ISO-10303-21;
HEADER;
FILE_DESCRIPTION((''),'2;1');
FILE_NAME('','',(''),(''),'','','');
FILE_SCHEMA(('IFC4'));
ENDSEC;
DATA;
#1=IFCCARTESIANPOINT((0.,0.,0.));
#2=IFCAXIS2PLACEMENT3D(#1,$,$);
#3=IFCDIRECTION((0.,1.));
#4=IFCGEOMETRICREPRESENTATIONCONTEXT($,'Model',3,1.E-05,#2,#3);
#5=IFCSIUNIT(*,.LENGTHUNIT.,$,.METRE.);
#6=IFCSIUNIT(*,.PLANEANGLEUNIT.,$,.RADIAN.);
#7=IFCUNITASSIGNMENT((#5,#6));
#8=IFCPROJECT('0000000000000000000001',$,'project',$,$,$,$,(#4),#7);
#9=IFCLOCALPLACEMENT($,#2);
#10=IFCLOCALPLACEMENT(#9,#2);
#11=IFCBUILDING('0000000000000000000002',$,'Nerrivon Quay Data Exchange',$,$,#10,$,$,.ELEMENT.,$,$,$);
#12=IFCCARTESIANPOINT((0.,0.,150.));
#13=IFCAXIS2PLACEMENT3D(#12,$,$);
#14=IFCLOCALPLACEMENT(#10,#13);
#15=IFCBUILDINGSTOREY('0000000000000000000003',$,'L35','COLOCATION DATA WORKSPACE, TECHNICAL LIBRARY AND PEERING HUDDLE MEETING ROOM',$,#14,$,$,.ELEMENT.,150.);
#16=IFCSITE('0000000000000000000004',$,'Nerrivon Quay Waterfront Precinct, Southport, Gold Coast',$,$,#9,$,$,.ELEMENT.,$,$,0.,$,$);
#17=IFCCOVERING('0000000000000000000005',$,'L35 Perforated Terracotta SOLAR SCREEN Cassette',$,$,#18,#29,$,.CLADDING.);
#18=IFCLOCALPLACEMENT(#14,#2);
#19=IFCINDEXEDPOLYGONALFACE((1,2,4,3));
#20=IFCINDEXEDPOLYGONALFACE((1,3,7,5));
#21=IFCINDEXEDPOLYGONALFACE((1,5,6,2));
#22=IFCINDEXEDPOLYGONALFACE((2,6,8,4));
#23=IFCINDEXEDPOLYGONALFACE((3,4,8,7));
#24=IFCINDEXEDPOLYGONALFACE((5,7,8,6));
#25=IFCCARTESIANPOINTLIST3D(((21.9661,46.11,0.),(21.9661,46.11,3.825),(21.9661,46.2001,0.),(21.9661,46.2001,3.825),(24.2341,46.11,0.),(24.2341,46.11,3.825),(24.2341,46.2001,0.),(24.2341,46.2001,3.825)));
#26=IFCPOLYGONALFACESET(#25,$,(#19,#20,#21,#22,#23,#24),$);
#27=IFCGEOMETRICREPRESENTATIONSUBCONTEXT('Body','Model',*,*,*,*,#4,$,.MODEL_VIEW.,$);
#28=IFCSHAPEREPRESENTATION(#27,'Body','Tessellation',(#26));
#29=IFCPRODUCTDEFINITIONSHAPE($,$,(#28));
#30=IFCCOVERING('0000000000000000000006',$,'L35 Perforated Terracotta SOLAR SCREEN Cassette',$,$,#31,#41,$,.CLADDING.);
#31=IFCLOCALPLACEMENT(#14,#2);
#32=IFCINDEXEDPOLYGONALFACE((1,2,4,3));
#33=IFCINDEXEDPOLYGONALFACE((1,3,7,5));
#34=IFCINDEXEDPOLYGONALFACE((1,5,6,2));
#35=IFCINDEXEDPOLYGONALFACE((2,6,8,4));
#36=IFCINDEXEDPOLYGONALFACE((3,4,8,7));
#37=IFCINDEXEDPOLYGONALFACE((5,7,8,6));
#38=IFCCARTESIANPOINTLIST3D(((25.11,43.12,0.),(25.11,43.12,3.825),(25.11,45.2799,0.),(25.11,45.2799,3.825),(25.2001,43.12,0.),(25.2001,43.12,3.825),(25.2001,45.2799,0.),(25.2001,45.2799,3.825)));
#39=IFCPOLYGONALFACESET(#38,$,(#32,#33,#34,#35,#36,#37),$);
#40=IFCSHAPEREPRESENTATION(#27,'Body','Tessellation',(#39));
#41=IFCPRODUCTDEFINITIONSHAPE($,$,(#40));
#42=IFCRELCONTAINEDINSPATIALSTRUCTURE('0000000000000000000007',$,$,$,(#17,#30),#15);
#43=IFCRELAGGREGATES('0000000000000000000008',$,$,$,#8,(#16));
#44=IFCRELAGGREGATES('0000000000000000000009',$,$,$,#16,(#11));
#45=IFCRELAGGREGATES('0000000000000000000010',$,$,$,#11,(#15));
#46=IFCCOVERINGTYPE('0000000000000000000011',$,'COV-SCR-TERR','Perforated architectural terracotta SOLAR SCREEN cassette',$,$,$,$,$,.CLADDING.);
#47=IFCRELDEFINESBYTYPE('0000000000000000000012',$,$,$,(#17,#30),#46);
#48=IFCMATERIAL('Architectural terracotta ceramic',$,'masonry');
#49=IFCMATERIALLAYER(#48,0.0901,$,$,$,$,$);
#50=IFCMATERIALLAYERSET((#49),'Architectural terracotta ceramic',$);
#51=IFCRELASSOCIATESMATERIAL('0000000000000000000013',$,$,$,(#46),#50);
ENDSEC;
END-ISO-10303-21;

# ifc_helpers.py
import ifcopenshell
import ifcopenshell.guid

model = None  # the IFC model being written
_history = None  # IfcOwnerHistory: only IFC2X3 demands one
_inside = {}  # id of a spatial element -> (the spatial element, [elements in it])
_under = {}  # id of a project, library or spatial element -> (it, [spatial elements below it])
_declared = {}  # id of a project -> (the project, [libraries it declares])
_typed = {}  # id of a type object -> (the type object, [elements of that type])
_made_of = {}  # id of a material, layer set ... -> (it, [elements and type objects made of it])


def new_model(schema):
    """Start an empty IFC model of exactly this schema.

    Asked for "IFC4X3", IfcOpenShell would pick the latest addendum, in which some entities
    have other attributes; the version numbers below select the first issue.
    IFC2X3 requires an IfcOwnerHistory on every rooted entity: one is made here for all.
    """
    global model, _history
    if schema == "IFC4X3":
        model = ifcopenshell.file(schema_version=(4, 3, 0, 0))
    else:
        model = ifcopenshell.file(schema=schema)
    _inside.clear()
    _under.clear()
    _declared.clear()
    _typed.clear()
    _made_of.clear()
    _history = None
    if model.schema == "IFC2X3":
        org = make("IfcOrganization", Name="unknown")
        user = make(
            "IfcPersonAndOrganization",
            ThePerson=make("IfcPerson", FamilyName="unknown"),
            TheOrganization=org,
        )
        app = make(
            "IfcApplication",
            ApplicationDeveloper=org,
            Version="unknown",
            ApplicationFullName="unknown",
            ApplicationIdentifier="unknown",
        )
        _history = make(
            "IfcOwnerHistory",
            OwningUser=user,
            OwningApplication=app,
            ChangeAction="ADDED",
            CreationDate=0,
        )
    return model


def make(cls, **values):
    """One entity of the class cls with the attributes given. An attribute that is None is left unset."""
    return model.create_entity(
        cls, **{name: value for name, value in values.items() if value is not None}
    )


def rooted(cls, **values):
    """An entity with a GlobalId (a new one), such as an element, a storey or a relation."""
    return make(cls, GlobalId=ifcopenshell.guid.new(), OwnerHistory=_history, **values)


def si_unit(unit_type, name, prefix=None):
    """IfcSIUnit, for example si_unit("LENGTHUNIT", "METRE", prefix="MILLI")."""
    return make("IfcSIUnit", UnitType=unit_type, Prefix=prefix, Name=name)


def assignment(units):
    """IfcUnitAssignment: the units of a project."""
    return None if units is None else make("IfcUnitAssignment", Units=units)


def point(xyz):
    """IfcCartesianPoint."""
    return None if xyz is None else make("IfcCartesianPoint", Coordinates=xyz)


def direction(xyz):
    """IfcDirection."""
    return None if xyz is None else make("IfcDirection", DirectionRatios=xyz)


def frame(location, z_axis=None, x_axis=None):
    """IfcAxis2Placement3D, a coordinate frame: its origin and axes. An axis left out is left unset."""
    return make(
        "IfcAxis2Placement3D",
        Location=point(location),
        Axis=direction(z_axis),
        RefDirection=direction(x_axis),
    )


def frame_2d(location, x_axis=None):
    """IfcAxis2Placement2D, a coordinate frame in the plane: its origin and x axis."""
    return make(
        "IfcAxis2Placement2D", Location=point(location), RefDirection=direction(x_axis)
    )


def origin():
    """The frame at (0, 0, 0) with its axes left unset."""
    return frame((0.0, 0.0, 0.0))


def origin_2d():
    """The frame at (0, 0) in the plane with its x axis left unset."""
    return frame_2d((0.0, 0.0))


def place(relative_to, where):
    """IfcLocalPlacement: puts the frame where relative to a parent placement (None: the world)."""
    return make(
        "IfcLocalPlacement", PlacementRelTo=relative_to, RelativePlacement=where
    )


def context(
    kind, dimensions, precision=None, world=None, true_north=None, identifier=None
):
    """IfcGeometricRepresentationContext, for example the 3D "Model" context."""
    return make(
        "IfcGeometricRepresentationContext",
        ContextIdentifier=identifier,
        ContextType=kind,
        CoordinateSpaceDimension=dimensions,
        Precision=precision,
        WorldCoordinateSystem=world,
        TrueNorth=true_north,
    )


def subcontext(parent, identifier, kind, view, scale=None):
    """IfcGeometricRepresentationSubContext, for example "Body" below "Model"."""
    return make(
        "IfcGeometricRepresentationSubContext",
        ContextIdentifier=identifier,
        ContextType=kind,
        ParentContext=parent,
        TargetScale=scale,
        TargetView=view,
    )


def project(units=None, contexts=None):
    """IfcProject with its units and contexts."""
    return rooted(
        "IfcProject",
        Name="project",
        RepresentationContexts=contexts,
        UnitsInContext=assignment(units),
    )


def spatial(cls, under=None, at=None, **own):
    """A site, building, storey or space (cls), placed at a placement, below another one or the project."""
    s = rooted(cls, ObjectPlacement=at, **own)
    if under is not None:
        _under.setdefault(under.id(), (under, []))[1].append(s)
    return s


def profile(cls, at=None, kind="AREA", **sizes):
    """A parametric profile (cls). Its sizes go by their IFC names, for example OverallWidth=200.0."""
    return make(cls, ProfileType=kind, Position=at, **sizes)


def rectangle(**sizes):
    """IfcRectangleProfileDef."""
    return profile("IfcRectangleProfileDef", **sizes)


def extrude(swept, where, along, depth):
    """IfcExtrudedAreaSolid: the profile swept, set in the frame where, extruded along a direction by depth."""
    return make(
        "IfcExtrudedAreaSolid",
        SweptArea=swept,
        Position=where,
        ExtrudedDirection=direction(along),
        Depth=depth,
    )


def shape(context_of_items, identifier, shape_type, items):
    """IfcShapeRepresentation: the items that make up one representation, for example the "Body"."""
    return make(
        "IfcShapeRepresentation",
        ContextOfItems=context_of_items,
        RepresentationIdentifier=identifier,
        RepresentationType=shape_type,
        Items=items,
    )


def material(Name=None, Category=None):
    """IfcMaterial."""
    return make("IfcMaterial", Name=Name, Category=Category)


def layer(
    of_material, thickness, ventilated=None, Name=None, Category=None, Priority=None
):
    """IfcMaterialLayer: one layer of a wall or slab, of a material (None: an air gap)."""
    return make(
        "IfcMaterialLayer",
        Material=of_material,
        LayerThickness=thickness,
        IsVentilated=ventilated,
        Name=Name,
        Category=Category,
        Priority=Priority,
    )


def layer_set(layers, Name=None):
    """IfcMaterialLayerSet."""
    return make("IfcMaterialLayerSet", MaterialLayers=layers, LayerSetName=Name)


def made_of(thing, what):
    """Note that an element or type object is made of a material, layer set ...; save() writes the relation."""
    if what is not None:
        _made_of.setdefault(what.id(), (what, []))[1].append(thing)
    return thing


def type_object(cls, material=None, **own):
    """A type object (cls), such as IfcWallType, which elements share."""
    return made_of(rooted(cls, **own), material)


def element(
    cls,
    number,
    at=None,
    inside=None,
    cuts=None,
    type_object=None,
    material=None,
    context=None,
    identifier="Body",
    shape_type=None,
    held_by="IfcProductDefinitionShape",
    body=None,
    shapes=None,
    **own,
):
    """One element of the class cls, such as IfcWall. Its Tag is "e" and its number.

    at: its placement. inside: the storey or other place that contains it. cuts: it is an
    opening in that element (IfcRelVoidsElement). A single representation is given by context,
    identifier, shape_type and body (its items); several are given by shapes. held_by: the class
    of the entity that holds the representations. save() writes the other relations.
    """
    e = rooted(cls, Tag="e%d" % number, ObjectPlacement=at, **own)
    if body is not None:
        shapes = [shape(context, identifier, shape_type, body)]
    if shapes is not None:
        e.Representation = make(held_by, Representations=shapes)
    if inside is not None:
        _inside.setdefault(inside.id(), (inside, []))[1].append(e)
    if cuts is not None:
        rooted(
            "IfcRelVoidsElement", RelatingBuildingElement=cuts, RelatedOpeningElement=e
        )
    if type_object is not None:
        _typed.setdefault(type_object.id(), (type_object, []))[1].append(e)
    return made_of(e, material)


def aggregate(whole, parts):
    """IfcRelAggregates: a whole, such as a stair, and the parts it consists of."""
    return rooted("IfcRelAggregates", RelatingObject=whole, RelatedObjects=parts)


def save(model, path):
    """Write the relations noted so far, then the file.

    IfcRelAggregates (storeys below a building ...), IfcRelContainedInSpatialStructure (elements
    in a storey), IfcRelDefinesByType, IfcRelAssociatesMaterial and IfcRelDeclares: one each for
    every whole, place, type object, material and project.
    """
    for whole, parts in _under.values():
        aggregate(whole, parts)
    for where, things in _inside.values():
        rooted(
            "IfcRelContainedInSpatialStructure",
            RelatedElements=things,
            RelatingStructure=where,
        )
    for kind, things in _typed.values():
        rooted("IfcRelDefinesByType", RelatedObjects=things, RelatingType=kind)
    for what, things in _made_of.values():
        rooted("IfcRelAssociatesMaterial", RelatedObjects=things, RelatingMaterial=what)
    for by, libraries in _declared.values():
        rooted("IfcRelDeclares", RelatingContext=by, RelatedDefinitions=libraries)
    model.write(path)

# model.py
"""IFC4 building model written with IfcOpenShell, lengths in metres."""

from ifc_helpers import new_model, si_unit, direction, frame, origin, origin_2d, place, context, subcontext, project, spatial, rectangle, extrude, material, layer, layer_set, type_object, element, save


model = new_model("IFC4")

# Units and contexts
model_context = context("Model", 3, precision=1e-05, world=origin(), true_north=direction((0.0, 1.0)))
body_context = subcontext(model_context, "Body", "Model", "MODEL_VIEW")
ifc_project = project(units=[si_unit("LENGTHUNIT", "METRE"), si_unit("PLANEANGLEUNIT", "RADIAN")], contexts=[model_context])

# Site, building, storey
site_placement = place(None, origin())
site = spatial("IfcSite", under=ifc_project, at=site_placement, Name="Nerrivon Quay Waterfront Precinct, Southport, Gold Coast", CompositionType="ELEMENT", RefElevation=0.0)
building_placement = place(site_placement, origin())
building = spatial("IfcBuilding", under=site, at=building_placement, Name="Nerrivon Quay Data Exchange", CompositionType="ELEMENT")
storey_placement = place(building_placement, frame((0.0, 0.0, 150.0)))
storey = spatial("IfcBuildingStorey", under=building, at=storey_placement, Name="L35", Description="COLOCATION DATA WORKSPACE, TECHNICAL LIBRARY AND PEERING HUDDLE MEETING ROOM", CompositionType="ELEMENT", Elevation=150.0)

# Coverings
ifc_material_1 = material(Name="Architectural terracotta ceramic", Category="masonry")
ifc_layer_1 = layer(ifc_material_1, 0.0901)
ifc_layer_set_1 = layer_set([ifc_layer_1], Name="Architectural terracotta ceramic")
covering_type = type_object("IfcCoveringType", Name="COV-SCR-TERR", Description="Perforated architectural terracotta SOLAR SCREEN cassette", PredefinedType="CLADDING", material=ifc_layer_set_1)
for number, where, z_axis, x_axis, name in (
    (1, (23.1001, 46.155, 0.0), (0.0, 0.0, 1.0), (1.0, 0.0, 0.0), "L35 Perforated Terracotta SOLAR SCREEN Cassette"),
):
    element("IfcCovering", number, at=place(storey_placement, frame(where, z_axis=z_axis, x_axis=x_axis)), inside=storey, type_object=covering_type, Name=name, PredefinedType="CLADDING", context=body_context, shape_type="SweptSolid", body=[
        extrude(rectangle(XDim=2.2681, YDim=0.0901, at=origin_2d()), origin(), (0.0, 0.0, 1.0), 3.825),
    ])
covering_1_placement = place(storey_placement, frame((25.155, 44.2, 0.0), z_axis=(0.0, 0.0, 1.0), x_axis=(0.0, -1.0, 0.0)))
element("IfcCovering", 2, at=covering_1_placement, inside=storey, type_object=covering_type, Name="L35 Perforated Terracotta SOLAR SCREEN Cassette", PredefinedType="CLADDING", context=body_context, shape_type="SweptSolid", body=[
    extrude(rectangle(XDim=2.1599, YDim=0.0901, at=origin_2d()), origin(), (0.0, 0.0, 1.0), 3.825),
])

save(model, "model.ifc")
